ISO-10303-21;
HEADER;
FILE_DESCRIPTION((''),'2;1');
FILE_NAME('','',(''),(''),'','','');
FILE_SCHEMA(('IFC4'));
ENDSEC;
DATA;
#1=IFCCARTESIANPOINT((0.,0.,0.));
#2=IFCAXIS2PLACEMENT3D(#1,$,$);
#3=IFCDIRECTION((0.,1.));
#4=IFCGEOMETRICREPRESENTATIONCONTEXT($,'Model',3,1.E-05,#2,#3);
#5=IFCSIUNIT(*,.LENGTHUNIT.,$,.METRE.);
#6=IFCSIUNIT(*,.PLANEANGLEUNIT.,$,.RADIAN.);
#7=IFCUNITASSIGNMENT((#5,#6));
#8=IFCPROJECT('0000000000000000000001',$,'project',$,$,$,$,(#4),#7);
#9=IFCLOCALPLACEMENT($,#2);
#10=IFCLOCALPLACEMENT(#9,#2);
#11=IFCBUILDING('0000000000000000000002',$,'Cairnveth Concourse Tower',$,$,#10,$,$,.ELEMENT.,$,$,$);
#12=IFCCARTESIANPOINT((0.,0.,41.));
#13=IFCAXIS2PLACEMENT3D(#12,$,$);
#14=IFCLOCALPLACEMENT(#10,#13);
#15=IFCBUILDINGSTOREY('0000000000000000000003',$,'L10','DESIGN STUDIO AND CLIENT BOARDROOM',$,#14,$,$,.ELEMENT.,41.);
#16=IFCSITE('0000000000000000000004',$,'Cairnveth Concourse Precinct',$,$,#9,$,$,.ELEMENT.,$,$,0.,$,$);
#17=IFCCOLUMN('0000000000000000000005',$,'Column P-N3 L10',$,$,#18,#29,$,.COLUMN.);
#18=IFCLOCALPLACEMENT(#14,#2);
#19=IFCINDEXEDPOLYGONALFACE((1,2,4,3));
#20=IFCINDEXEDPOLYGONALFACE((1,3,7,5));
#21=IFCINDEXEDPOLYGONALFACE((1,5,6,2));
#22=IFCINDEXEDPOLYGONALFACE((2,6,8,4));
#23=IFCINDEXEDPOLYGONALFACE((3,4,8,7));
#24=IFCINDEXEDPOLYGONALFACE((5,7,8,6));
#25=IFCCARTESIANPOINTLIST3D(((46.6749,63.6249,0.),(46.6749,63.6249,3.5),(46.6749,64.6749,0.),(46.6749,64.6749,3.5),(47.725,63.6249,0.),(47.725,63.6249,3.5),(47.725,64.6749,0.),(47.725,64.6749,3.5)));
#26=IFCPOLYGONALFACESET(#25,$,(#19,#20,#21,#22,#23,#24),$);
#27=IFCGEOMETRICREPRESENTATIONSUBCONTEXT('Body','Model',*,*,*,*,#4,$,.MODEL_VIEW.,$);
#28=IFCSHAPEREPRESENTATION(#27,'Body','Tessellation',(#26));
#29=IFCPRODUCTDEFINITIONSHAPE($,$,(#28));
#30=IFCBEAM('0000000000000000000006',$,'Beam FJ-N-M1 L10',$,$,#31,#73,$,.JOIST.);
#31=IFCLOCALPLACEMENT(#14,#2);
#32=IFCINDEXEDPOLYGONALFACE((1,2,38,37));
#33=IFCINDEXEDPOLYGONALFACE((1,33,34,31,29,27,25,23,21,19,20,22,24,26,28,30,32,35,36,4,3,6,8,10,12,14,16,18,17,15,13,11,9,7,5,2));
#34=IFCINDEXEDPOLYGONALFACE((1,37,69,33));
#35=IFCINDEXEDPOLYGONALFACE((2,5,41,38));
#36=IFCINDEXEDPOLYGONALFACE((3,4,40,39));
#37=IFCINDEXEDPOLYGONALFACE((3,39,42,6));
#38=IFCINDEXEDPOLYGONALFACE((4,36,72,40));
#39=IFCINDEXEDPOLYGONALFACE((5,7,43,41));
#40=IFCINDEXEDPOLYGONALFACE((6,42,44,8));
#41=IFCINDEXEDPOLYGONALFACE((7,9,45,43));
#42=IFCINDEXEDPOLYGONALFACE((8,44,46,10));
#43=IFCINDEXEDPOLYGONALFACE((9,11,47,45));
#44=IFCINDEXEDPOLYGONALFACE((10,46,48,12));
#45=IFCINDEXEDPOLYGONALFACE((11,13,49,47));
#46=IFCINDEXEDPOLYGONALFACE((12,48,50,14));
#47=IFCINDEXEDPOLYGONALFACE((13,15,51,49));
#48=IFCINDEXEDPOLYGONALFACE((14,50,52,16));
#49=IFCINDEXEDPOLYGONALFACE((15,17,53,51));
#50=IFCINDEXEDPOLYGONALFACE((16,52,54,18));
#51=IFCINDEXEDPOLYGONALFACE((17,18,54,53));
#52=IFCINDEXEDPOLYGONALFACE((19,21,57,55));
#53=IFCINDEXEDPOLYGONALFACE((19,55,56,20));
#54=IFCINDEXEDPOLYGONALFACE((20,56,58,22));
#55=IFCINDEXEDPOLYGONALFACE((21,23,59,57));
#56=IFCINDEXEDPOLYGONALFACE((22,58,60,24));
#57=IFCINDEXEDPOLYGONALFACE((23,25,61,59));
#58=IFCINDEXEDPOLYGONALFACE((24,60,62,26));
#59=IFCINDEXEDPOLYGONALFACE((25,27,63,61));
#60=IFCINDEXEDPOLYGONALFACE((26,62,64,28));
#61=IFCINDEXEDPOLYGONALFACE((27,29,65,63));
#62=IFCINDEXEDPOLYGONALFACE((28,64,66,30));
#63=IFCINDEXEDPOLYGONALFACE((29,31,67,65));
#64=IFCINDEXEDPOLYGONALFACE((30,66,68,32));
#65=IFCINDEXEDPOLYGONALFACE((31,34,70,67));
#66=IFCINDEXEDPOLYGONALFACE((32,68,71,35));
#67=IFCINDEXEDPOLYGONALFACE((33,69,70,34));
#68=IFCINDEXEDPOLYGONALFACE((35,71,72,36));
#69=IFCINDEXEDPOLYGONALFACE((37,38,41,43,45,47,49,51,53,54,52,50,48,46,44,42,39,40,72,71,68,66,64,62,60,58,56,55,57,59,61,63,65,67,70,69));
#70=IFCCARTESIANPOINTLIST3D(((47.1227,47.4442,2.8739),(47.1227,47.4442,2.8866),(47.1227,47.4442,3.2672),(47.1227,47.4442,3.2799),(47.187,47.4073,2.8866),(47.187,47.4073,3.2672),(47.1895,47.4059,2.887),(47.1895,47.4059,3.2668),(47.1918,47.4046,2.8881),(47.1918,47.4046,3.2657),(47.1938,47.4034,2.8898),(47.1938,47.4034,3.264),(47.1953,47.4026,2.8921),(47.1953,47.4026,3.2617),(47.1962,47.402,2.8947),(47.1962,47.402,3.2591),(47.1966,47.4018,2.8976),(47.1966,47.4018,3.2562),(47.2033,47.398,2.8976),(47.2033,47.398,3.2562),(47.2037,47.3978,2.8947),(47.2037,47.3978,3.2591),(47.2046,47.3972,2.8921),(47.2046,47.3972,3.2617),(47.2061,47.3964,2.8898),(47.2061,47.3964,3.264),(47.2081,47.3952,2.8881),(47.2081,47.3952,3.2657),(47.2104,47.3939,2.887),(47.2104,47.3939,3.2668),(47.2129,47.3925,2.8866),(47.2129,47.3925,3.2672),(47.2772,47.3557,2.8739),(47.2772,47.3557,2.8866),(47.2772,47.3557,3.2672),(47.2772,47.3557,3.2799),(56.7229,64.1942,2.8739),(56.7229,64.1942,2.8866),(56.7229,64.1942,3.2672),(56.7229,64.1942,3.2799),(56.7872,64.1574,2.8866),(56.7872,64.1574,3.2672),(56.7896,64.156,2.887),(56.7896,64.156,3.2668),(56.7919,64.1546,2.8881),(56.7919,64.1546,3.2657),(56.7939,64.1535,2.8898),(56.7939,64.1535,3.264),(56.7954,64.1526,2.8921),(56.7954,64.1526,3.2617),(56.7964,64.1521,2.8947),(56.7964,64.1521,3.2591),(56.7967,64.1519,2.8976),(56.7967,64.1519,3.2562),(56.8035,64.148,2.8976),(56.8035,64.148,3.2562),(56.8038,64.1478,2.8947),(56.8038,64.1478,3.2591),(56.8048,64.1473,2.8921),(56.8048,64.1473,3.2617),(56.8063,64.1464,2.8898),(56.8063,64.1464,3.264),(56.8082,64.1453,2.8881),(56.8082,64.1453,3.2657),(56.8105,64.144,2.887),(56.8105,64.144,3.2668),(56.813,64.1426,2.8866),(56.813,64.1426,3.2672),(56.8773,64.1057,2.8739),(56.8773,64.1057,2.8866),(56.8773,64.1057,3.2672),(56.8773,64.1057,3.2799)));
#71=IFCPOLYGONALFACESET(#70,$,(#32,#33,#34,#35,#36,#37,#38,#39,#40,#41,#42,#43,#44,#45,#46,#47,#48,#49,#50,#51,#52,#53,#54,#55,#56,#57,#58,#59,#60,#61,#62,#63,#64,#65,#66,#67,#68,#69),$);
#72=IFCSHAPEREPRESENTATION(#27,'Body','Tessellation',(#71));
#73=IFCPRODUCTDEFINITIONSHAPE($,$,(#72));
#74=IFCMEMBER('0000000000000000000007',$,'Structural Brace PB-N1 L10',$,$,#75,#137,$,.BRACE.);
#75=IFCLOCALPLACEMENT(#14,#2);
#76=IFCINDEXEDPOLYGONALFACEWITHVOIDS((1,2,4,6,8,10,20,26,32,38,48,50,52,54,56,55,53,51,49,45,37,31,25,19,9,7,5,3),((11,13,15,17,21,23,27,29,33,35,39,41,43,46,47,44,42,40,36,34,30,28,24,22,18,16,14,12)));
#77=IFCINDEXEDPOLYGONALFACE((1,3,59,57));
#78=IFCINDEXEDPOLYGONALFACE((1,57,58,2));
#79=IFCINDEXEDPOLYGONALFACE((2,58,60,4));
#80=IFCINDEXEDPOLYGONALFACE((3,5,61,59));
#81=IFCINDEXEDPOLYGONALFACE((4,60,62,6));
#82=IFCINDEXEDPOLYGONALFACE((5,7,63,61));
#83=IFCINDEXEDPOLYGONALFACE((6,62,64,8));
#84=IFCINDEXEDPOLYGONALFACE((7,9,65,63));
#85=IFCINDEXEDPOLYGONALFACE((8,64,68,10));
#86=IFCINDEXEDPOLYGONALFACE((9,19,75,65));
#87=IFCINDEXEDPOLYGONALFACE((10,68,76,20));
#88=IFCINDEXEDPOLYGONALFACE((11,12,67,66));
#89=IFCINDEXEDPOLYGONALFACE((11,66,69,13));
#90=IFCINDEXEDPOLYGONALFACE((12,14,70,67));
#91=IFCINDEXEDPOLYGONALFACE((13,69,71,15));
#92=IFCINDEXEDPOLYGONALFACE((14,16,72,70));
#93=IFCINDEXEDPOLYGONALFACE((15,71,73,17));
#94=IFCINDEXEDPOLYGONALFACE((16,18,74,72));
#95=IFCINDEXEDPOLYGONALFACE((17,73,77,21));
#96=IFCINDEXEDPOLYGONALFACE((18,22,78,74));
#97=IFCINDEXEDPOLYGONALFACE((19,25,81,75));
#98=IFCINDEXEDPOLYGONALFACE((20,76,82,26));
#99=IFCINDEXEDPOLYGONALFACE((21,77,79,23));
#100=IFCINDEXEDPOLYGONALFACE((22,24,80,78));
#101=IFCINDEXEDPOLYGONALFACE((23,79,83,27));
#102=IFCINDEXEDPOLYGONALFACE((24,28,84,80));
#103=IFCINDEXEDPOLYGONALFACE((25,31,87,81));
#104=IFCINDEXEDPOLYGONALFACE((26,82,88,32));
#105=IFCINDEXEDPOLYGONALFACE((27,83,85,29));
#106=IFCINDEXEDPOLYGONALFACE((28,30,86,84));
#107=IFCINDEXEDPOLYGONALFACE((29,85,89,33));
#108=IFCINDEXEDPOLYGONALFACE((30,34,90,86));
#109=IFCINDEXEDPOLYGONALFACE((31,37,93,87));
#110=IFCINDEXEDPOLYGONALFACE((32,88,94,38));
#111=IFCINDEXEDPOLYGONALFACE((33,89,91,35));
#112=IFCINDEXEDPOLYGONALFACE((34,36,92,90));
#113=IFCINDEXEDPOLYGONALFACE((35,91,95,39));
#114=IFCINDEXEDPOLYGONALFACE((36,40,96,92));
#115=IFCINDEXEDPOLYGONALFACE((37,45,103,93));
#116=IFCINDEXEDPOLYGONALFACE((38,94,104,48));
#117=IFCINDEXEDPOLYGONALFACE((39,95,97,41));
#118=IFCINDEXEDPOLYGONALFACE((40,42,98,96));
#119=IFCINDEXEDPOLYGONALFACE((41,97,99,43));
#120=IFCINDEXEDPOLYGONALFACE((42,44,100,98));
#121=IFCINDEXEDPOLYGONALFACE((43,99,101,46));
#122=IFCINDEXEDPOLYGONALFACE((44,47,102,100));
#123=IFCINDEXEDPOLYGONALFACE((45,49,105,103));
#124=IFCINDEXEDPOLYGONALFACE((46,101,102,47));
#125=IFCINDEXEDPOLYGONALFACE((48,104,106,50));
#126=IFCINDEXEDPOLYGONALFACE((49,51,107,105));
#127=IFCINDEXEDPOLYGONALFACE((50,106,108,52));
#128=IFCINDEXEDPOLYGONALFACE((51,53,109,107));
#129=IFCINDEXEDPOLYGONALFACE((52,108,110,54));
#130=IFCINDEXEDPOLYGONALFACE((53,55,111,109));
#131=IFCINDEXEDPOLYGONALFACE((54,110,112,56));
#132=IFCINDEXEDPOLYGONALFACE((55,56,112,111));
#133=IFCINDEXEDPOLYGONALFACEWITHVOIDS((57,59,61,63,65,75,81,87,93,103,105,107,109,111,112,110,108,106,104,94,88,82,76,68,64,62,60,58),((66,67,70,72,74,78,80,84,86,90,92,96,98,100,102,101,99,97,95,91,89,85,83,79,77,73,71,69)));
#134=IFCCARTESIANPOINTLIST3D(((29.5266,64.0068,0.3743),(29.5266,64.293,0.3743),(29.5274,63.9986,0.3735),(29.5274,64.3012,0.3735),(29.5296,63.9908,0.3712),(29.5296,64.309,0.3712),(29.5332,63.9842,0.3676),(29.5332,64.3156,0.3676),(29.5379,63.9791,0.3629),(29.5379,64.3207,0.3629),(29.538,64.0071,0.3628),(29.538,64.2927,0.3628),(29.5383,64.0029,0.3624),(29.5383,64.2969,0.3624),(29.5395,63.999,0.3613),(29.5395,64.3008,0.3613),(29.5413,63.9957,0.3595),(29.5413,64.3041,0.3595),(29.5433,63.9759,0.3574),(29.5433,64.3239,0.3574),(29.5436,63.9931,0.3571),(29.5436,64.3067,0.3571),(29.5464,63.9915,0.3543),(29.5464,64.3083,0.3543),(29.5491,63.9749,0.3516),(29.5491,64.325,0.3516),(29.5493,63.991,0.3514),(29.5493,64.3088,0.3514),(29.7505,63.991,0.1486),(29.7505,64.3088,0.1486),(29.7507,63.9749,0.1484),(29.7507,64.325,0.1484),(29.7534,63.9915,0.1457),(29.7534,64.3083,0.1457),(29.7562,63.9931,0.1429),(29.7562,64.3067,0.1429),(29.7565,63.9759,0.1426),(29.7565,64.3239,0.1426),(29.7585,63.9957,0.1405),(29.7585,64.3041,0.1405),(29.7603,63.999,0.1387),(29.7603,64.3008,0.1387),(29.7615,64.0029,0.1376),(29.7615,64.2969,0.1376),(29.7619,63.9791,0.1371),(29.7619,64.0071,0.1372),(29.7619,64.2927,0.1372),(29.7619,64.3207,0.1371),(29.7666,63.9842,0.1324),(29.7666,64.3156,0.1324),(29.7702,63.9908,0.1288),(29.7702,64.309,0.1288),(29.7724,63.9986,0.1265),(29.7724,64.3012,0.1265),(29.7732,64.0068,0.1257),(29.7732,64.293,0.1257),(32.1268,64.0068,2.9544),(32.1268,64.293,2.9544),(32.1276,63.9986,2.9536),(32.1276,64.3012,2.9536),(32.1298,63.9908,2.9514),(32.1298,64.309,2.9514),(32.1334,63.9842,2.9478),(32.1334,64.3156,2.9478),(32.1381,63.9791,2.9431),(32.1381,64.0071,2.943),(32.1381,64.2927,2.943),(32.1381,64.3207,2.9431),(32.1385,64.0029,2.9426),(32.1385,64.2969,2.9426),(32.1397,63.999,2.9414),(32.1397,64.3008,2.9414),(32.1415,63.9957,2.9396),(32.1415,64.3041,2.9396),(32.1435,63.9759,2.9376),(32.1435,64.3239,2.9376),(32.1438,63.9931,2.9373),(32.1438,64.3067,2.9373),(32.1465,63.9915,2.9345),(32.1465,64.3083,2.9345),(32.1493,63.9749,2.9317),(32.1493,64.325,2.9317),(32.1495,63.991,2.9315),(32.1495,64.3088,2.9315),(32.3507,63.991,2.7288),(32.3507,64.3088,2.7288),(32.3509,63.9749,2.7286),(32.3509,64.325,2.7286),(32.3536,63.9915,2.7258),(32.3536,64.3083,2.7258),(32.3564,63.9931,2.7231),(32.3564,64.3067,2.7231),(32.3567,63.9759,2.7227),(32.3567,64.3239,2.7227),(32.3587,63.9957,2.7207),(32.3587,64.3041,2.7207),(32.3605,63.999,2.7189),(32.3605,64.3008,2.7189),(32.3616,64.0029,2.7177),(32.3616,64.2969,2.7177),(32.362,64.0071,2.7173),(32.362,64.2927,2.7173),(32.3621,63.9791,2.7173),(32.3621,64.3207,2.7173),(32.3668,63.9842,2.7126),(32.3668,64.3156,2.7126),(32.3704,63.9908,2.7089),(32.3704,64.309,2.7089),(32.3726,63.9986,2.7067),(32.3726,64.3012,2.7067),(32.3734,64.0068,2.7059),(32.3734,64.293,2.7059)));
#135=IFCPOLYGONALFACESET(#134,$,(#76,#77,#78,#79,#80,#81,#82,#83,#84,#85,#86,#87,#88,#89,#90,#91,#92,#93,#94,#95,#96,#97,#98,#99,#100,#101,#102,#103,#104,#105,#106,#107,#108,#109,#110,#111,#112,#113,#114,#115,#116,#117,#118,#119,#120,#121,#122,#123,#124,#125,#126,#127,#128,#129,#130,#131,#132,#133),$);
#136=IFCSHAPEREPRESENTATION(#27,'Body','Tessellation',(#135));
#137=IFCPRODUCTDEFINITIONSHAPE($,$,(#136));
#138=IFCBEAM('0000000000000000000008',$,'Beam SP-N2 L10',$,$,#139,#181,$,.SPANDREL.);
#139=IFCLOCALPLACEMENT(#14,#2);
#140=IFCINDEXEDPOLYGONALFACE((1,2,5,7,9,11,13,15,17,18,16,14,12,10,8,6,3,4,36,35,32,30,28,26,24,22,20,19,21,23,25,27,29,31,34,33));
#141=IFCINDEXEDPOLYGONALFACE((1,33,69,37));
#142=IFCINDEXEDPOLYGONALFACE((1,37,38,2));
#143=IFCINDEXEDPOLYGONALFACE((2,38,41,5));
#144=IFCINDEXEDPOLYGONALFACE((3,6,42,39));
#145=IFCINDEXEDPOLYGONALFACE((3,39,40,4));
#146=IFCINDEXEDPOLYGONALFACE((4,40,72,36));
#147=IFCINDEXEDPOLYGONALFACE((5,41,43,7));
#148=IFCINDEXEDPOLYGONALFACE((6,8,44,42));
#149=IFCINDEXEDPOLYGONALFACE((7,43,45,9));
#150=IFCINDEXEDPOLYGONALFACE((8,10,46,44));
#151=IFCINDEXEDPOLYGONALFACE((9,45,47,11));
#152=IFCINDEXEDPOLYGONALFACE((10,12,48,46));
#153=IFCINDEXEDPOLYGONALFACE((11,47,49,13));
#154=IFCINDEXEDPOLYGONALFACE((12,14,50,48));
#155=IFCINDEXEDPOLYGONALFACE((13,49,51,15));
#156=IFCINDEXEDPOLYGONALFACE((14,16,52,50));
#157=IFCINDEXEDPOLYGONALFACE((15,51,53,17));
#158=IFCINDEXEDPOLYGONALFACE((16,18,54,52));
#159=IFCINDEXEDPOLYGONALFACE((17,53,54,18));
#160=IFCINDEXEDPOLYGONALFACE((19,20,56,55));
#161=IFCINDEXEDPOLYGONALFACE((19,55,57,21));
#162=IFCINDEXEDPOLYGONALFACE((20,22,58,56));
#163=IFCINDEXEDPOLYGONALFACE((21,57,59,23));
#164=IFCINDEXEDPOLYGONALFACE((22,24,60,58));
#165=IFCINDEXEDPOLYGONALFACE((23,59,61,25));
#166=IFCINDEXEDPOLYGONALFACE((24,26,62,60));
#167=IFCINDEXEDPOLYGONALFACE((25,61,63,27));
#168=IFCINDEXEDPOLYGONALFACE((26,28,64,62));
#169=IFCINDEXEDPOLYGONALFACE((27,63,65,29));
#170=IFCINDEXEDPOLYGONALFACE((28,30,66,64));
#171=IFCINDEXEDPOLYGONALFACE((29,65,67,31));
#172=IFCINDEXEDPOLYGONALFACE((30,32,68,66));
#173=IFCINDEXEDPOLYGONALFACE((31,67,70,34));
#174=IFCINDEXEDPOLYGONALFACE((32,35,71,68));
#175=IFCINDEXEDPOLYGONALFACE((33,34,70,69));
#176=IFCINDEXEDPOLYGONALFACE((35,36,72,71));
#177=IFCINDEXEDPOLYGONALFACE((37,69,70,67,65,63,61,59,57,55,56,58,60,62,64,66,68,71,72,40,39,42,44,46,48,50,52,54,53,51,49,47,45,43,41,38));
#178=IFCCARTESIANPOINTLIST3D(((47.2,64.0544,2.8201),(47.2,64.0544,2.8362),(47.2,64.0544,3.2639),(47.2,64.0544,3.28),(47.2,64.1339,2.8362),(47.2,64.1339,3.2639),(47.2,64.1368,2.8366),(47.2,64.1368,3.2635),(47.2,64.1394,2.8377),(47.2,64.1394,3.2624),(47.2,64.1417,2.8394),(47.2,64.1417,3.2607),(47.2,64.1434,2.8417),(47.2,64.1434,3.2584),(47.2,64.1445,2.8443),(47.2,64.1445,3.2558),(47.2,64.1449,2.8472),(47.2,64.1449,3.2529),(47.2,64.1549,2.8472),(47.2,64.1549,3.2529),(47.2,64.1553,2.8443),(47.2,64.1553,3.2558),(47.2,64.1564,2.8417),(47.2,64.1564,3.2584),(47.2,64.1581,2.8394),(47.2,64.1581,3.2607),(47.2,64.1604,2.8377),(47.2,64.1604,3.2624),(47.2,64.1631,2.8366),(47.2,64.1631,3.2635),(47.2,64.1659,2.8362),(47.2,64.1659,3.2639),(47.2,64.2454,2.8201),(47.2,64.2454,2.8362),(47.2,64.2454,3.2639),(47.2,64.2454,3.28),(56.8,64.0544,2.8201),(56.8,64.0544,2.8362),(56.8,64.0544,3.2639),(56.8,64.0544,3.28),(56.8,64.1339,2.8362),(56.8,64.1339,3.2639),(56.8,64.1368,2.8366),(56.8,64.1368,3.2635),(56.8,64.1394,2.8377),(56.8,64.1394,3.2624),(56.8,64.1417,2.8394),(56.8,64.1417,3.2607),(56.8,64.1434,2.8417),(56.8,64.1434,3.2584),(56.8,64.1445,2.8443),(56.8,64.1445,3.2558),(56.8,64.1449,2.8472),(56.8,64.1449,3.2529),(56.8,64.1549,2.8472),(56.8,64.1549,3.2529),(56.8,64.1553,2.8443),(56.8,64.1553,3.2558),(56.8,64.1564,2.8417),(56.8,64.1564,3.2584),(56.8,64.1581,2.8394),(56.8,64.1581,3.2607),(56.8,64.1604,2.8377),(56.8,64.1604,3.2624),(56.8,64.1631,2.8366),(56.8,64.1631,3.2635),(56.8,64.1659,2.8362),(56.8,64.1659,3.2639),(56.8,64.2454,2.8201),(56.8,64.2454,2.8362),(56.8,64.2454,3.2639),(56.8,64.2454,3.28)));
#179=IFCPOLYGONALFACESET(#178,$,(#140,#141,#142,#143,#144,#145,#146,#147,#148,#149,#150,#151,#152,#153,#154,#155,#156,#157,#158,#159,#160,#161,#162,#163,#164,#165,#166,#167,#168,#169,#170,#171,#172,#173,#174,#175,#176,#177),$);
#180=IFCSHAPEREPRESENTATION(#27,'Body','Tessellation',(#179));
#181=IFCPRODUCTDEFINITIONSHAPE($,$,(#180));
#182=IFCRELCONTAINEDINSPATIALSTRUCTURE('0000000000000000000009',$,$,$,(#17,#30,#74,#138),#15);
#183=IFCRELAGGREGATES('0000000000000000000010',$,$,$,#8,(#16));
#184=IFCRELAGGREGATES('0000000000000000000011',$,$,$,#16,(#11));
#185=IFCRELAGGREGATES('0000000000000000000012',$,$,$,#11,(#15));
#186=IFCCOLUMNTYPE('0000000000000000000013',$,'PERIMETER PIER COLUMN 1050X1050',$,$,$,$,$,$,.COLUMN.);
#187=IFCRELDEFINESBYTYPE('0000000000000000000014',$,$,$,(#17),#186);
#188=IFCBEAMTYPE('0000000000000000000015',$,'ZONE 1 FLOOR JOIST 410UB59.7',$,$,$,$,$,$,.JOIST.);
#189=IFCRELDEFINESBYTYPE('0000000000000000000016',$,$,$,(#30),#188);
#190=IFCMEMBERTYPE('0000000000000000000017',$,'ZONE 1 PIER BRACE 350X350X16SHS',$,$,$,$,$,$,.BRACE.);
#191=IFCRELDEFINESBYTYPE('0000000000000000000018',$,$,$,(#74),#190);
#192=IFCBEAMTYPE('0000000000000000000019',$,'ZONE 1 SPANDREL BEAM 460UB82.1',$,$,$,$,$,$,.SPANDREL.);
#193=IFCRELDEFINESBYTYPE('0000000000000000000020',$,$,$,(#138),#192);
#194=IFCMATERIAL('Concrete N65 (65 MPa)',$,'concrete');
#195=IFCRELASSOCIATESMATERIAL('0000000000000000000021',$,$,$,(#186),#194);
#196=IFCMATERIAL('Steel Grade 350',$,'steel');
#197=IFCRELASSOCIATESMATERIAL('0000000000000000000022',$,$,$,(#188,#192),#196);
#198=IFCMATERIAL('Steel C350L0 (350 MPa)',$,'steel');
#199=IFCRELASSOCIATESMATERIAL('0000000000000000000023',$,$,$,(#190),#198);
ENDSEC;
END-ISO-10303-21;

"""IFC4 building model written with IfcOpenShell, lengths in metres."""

from ifc_helpers import new_model, si_unit, direction, frame, origin, origin_2d, place, context, subcontext, project, spatial, rectangle, hollow_rectangle, i_section, extrude, material, material_profile, profile_set, type_object, element, save


model = new_model("IFC4")

# Units and contexts
model_context = context("Model", 3, precision=1e-05, world=origin(), true_north=direction((0.0, 1.0)))
body_context = subcontext(model_context, "Body", "Model", "MODEL_VIEW")
ifc_project = project(units=[si_unit("LENGTHUNIT", "METRE"), si_unit("PLANEANGLEUNIT", "RADIAN")], contexts=[model_context])

# Site, building, storey
site_placement = place(None, origin())
site = spatial("IfcSite", under=ifc_project, at=site_placement, Name="Cairnveth Concourse Precinct", CompositionType="ELEMENT", RefElevation=0.0)
building_placement = place(site_placement, origin())
building = spatial("IfcBuilding", under=site, at=building_placement, Name="Cairnveth Concourse Tower", CompositionType="ELEMENT")
storey_placement = place(building_placement, frame((0.0, 0.0, 41.0)))
storey = spatial("IfcBuildingStorey", under=building, at=storey_placement, Name="L10", Description="DESIGN STUDIO AND CLIENT BOARDROOM", CompositionType="ELEMENT", Elevation=41.0)

# Column
ifc_material_1 = material(Name="Concrete N65 (65 MPa)", Category="concrete")
ifc_material_profile_1 = material_profile(ifc_material_1, rectangle(XDim=1.05, YDim=1.05, at=origin_2d()), Name="RC-COL-1050x1050")
ifc_profile_set_1 = profile_set([ifc_material_profile_1], Name="Concrete N65 (65 MPa)")
column_type = type_object("IfcColumnType", Name="PERIMETER PIER COLUMN 1050X1050", PredefinedType="COLUMN", material=ifc_profile_set_1)
column_placement = place(storey_placement, frame((47.2, 64.1499, 0.0), z_axis=(0.0, 0.0, 1.0), x_axis=(1.0, 0.0, 0.0)))
element("IfcColumn", 1, at=column_placement, inside=storey, type_object=column_type, Name="Column P-N3 L10", PredefinedType="COLUMN", context=body_context, shape_type="SweptSolid", body=[
    extrude(rectangle(XDim=1.05, YDim=1.05, at=origin_2d()), origin(), (0.0, 0.0, 1.0), 3.5),
])

# Beam
ifc_material_2 = material(Name="Steel Grade 350", Category="steel")
ifc_material_profile_2 = material_profile(ifc_material_2, i_section(OverallWidth=0.178, OverallDepth=0.406, WebThickness=0.0078, FlangeThickness=0.0127, FilletRadius=0.011, at=origin_2d()), Name="410UB59.7")
ifc_profile_set_2 = profile_set([ifc_material_profile_2], Name="Steel Grade 350")
beam_type_1 = type_object("IfcBeamType", Name="ZONE 1 FLOOR JOIST 410UB59.7", PredefinedType="JOIST", material=ifc_profile_set_2)
beam_1_placement = place(storey_placement, frame((47.2, 47.3999, 3.0769), z_axis=(0.497258, 0.867603, 0.0), x_axis=(-0.867603, 0.497258, 0.0)))
element("IfcBeam", 2, at=beam_1_placement, inside=storey, type_object=beam_type_1, Name="Beam FJ-N-M1 L10", PredefinedType="JOIST", context=body_context, shape_type="SweptSolid", body=[
    extrude(i_section(OverallWidth=0.178, OverallDepth=0.406, WebThickness=0.0078, FlangeThickness=0.0127, FilletRadius=0.011, at=origin_2d()), origin(), (0.0, 0.0, 1.0), 19.3062),
])

# Member
ifc_material_3 = material(Name="Steel C350L0 (350 MPa)", Category="steel")
ifc_material_profile_3 = material_profile(ifc_material_3, hollow_rectangle(XDim=0.3501, YDim=0.3501, WallThickness=0.0161, InnerFilletRadius=0.0161, OuterFilletRadius=0.032, at=origin_2d()), Name="350x350x16.0SHS")
ifc_profile_set_3 = profile_set([ifc_material_profile_3], Name="Steel C350L0 (350 MPa)")
member_type = type_object("IfcMemberType", Name="ZONE 1 PIER BRACE 350X350X16SHS", PredefinedType="BRACE", material=ifc_profile_set_3)
member_placement = place(storey_placement, frame((29.6499, 64.1499, 0.25), z_axis=(0.709834, 0.0, 0.704369), x_axis=(0.0, 1.0, 0.0)))
element("IfcMember", 3, at=member_placement, inside=storey, type_object=member_type, Name="Structural Brace PB-N1 L10", PredefinedType="BRACE", context=body_context, shape_type="SweptSolid", body=[
    extrude(hollow_rectangle(XDim=0.3501, YDim=0.3501, WallThickness=0.0161, InnerFilletRadius=0.0161, OuterFilletRadius=0.032, at=origin_2d()), origin(), (0.0, 0.0, 1.0), 3.6631),
])

# Beam
ifc_material_profile_4 = material_profile(ifc_material_2, i_section(OverallWidth=0.1909, OverallDepth=0.46, WebThickness=0.01, FlangeThickness=0.0161, FilletRadius=0.011, at=origin_2d()), Name="460UB82.1")
ifc_profile_set_4 = profile_set([ifc_material_profile_4], Name="Steel Grade 350")
beam_type_2 = type_object("IfcBeamType", Name="ZONE 1 SPANDREL BEAM 460UB82.1", PredefinedType="SPANDREL", material=ifc_profile_set_4)
beam_2_placement = place(storey_placement, frame((47.2, 64.1499, 3.05), z_axis=(1.0, 0.0, 0.0), x_axis=(0.0, 1.0, 0.0)))
element("IfcBeam", 4, at=beam_2_placement, inside=storey, type_object=beam_type_2, Name="Beam SP-N2 L10", PredefinedType="SPANDREL", context=body_context, shape_type="SweptSolid", body=[
    extrude(i_section(OverallWidth=0.1909, OverallDepth=0.46, WebThickness=0.01, FlangeThickness=0.0161, FilletRadius=0.011, at=origin_2d()), origin(), (0.0, 0.0, 1.0), 9.6001),
])

save(model, "model.ifc")
